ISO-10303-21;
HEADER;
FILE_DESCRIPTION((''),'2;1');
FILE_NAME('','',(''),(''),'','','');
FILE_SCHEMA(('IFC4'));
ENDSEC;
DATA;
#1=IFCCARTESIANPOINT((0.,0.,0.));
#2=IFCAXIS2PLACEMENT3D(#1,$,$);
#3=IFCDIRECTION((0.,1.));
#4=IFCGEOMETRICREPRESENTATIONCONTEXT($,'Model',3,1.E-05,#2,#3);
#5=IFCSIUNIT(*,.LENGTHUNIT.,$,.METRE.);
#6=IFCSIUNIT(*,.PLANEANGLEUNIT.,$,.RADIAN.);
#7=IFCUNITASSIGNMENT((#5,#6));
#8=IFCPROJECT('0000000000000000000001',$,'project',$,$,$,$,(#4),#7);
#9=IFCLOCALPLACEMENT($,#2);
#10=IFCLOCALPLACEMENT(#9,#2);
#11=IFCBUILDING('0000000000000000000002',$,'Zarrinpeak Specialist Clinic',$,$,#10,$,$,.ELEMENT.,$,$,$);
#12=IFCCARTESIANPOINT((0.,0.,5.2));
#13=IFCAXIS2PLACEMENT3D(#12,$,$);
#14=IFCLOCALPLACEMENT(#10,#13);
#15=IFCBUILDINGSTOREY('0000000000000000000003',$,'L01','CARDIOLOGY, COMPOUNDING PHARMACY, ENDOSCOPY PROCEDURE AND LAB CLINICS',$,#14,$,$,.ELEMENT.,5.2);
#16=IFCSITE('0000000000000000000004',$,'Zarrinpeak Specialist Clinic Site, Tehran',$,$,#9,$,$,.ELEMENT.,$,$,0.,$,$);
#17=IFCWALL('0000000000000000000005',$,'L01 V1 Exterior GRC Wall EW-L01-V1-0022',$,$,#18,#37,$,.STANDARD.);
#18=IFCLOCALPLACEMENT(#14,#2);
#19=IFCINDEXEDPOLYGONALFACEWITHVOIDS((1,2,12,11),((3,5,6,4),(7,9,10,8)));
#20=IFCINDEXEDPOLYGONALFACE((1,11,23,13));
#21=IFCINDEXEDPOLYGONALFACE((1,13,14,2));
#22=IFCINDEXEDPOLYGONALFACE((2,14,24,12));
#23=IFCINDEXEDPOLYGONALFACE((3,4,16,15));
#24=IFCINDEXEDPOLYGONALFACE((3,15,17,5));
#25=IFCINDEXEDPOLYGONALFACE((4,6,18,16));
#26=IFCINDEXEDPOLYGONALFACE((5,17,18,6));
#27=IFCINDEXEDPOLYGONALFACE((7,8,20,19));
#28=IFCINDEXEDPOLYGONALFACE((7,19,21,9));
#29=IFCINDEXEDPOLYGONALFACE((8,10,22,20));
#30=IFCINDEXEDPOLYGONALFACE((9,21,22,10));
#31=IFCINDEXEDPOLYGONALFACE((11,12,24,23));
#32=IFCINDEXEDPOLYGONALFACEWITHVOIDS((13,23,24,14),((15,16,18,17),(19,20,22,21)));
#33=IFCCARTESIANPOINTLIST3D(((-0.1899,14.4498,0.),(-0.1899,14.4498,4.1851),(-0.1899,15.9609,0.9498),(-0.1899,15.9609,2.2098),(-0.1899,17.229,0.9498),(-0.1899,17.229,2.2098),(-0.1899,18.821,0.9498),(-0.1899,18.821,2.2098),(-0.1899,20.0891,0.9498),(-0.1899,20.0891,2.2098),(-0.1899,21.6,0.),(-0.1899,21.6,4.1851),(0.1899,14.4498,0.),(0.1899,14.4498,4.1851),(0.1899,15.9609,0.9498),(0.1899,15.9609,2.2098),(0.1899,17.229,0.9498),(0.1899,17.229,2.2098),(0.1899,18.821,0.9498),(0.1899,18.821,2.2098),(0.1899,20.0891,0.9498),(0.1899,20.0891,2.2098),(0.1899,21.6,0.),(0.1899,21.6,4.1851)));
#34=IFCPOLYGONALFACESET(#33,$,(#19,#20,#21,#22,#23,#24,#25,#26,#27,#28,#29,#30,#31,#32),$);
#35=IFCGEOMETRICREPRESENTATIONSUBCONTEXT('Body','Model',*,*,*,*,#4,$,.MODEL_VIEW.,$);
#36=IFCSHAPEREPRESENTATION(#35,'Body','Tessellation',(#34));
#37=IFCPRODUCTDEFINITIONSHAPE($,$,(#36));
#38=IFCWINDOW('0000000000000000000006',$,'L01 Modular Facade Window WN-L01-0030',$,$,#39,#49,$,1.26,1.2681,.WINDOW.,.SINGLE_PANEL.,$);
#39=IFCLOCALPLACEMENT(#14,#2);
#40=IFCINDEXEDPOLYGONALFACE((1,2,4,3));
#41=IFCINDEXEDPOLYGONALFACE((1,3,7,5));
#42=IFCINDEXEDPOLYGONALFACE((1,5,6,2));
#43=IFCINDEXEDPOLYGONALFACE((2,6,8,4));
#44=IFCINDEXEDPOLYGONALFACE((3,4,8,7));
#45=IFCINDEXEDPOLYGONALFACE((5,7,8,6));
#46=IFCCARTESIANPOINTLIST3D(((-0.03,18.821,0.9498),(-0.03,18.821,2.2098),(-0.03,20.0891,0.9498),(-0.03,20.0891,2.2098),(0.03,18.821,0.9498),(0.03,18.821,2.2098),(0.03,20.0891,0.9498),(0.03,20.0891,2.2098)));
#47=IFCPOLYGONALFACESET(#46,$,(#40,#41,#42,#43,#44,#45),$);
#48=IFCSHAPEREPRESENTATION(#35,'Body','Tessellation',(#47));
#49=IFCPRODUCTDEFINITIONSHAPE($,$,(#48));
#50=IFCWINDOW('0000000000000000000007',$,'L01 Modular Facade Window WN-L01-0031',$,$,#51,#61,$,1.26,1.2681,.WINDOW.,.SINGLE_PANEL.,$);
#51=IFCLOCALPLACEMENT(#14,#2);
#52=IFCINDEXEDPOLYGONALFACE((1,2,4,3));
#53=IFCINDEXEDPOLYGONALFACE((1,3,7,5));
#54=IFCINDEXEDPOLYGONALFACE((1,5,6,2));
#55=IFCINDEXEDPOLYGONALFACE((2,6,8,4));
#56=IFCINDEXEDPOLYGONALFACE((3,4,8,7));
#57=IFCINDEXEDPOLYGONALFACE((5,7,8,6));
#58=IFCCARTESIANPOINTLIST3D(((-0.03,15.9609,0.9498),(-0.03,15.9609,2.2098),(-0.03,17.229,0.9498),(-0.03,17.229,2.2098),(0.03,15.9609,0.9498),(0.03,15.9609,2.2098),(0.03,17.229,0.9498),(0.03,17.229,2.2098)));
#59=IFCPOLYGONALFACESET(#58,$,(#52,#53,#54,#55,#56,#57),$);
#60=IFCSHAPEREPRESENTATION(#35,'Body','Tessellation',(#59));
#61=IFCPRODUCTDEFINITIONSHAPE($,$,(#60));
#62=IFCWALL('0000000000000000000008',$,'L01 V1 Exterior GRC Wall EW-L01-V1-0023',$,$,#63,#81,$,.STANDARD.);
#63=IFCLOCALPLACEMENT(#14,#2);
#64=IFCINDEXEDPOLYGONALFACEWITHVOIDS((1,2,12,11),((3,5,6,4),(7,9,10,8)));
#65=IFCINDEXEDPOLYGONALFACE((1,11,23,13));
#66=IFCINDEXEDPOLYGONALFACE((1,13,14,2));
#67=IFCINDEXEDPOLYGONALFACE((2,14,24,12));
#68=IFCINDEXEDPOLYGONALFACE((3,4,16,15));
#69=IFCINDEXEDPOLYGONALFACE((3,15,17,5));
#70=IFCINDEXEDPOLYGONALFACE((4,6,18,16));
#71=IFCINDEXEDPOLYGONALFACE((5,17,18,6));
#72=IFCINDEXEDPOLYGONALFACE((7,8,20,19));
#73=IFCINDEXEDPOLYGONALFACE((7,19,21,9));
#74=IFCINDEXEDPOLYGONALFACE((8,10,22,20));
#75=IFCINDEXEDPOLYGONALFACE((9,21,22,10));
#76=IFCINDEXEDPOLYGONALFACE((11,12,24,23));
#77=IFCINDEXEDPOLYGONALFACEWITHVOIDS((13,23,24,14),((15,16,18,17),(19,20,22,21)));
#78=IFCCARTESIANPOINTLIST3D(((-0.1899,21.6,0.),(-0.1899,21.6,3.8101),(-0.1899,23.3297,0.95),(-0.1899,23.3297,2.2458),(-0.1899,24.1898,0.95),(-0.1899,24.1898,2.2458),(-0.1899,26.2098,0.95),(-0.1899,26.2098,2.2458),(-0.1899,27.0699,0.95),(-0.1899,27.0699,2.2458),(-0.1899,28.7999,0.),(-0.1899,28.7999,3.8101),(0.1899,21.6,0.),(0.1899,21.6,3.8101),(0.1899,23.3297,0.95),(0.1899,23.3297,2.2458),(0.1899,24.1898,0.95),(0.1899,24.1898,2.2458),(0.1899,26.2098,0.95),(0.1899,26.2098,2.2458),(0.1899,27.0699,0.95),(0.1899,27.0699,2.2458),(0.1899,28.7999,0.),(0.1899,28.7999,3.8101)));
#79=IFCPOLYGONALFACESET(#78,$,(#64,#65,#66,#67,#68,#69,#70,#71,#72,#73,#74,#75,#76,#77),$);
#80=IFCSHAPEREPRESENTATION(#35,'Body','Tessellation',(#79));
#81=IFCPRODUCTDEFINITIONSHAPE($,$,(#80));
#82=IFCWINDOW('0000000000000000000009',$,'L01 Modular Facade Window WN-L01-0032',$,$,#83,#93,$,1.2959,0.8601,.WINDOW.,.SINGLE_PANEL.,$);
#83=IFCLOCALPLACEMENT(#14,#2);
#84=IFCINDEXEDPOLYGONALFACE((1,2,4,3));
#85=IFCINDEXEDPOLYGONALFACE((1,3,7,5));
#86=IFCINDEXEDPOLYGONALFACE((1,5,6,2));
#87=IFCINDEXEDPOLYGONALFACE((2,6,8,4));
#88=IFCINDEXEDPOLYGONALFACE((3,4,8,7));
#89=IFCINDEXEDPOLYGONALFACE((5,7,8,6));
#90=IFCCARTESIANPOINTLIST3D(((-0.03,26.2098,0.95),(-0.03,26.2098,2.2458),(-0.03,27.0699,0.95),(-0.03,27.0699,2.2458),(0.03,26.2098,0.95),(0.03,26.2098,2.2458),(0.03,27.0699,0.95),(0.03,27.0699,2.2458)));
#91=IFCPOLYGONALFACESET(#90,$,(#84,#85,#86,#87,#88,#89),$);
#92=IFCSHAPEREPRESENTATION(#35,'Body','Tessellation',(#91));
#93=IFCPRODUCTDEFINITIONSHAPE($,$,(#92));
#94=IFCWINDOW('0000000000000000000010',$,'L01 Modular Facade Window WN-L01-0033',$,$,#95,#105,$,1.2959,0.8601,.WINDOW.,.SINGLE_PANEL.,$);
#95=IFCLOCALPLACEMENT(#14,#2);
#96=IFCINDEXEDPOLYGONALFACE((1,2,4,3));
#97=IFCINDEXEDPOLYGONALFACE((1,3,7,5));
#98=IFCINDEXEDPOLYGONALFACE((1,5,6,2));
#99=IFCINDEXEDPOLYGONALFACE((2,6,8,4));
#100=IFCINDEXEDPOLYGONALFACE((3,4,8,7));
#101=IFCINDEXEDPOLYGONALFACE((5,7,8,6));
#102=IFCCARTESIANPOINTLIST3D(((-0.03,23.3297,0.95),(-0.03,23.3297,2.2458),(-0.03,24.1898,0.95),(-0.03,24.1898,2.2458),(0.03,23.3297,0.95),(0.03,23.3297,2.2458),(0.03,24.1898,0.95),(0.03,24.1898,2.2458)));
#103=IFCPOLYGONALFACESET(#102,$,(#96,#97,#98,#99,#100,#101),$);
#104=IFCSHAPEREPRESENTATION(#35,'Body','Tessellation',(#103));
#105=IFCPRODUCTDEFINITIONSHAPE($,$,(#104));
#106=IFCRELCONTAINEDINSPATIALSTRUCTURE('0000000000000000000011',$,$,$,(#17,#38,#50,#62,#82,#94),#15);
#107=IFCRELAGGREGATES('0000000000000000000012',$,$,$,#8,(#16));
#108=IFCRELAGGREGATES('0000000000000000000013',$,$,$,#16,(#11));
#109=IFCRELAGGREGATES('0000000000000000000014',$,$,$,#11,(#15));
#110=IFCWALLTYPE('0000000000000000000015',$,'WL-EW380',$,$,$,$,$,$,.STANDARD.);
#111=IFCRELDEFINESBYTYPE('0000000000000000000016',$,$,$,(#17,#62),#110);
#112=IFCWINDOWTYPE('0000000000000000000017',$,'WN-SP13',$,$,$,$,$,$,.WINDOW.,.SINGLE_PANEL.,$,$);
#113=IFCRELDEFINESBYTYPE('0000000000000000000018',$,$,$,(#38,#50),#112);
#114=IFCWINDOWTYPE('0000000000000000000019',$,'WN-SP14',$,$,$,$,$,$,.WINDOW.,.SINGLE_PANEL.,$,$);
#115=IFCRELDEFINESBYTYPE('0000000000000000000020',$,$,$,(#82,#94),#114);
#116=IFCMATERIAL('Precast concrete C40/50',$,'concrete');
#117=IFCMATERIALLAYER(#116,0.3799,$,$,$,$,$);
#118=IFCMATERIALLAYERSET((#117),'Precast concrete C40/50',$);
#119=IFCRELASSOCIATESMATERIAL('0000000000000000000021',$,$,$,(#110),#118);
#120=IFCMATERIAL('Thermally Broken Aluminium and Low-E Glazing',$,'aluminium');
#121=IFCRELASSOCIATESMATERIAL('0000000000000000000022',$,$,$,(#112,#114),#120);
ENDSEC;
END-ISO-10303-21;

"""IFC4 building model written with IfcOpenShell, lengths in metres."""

from ifc_helpers import new_model, si_unit, direction, frame, frame_2d, origin, place, context, subcontext, project, spatial, rectangle, extrude, material, layer, layer_set, type_object, element, fill, save


model = new_model("IFC4")

# Units and contexts
model_context = context("Model", 3, precision=1e-05, world=origin(), true_north=direction((0.0, 1.0)))
body_context = subcontext(model_context, "Body", "Model", "MODEL_VIEW")
ifc_project = project(units=[si_unit("LENGTHUNIT", "METRE"), si_unit("PLANEANGLEUNIT", "RADIAN")], contexts=[model_context])

# Site, building, storey
site_placement = place(None, origin())
site = spatial("IfcSite", under=ifc_project, at=site_placement, Name="Zarrinpeak Specialist Clinic Site, Tehran", CompositionType="ELEMENT", RefElevation=0.0)
building_placement = place(site_placement, origin())
building = spatial("IfcBuilding", under=site, at=building_placement, Name="Zarrinpeak Specialist Clinic", CompositionType="ELEMENT")
storey_placement = place(building_placement, frame((0.0, 0.0, 5.2)))
storey = spatial("IfcBuildingStorey", under=building, at=storey_placement, Name="L01", Description="CARDIOLOGY, COMPOUNDING PHARMACY, ENDOSCOPY PROCEDURE AND LAB CLINICS", CompositionType="ELEMENT", Elevation=5.2)

# Walls, openings, windows
ifc_material_1 = material(Name="Precast concrete C40/50", Category="concrete")
ifc_layer_1 = layer(ifc_material_1, 0.3799)
ifc_layer_set_1 = layer_set([ifc_layer_1], Name="Precast concrete C40/50")
wall_type_1 = type_object("IfcWallType", Name="WL-EW380", PredefinedType="STANDARD", material=ifc_layer_set_1)
wall_1_placement = place(storey_placement, frame((0.0, 21.6001, 0.0), z_axis=(0.0, 0.0, 1.0), x_axis=(0.0, -1.0, 0.0)))
wall_1 = element("IfcWall", 1, at=wall_1_placement, inside=storey, type_object=wall_type_1, Name="L01 V1 Exterior GRC Wall EW-L01-V1-0022", PredefinedType="STANDARD", context=body_context, shape_type="SweptSolid", body=[
    extrude(rectangle(XDim=7.1501, YDim=0.3799, at=frame_2d((3.5752, 0.0))), origin(), (0.0, 0.0, 1.0), 4.1851),
])
opening_1_placement = place(wall_1_placement, frame((1.511, 0.0, 0.95)))
opening_1 = element("IfcOpeningElement", 2, at=opening_1_placement, cuts=wall_1, PredefinedType="OPENING", context=body_context, shape_type="SweptSolid", body=[
    extrude(rectangle(XDim=1.2681, YDim=1.26, at=frame_2d((0.634, 0.6299))), frame((0.0, 0.2, 0.0), z_axis=(0.0, -1.0, 0.0), x_axis=(1.0, 0.0, 0.0)), (0.0, 0.0, 1.0), 0.3999),
])
opening_2_placement = place(wall_1_placement, frame((4.3711, 0.0, 0.95)))
opening_2 = element("IfcOpeningElement", 3, at=opening_2_placement, cuts=wall_1, PredefinedType="OPENING", context=body_context, shape_type="SweptSolid", body=[
    extrude(rectangle(XDim=1.2681, YDim=1.26, at=frame_2d((0.634, 0.6299))), frame((0.0, 0.2, 0.0), z_axis=(0.0, -1.0, 0.0), x_axis=(1.0, 0.0, 0.0)), (0.0, 0.0, 1.0), 0.3999),
])
ifc_material_2 = material(Name="Thermally Broken Aluminium and Low-E Glazing", Category="aluminium")
window_type_1 = type_object("IfcWindowType", Name="WN-SP13", PartitioningType="SINGLE_PANEL", PredefinedType="WINDOW", material=ifc_material_2)
window_1_placement = place(opening_1_placement, origin())
window_1 = element("IfcWindow", 4, at=window_1_placement, inside=storey, type_object=window_type_1, Name="L01 Modular Facade Window WN-L01-0030", OverallHeight=1.26, OverallWidth=1.2681, PartitioningType="SINGLE_PANEL", PredefinedType="WINDOW", context=body_context, shape_type="SweptSolid", body=[
    extrude(rectangle(XDim=1.2681, YDim=1.26, at=frame_2d((0.634, 0.6299))), frame((0.0, 0.03, 0.0), z_axis=(0.0, -1.0, 0.0), x_axis=(1.0, 0.0, 0.0)), (0.0, 0.0, 1.0), 0.0601),
])
fill(opening_1, window_1)
window_2_placement = place(opening_2_placement, origin())
window_2 = element("IfcWindow", 5, at=window_2_placement, inside=storey, type_object=window_type_1, Name="L01 Modular Facade Window WN-L01-0031", OverallHeight=1.26, OverallWidth=1.2681, PartitioningType="SINGLE_PANEL", PredefinedType="WINDOW", context=body_context, shape_type="SweptSolid", body=[
    extrude(rectangle(XDim=1.2681, YDim=1.26, at=frame_2d((0.634, 0.6299))), frame((0.0, 0.03, 0.0), z_axis=(0.0, -1.0, 0.0), x_axis=(1.0, 0.0, 0.0)), (0.0, 0.0, 1.0), 0.0601),
])
fill(opening_2, window_2)
wall_2_placement = place(storey_placement, frame((0.0, 28.8, 0.0), z_axis=(0.0, 0.0, 1.0), x_axis=(0.0, -1.0, 0.0)))
wall_2 = element("IfcWall", 6, at=wall_2_placement, inside=storey, type_object=wall_type_1, Name="L01 V1 Exterior GRC Wall EW-L01-V1-0023", PredefinedType="STANDARD", context=body_context, shape_type="SweptSolid", body=[
    extrude(rectangle(XDim=7.2, YDim=0.3799, at=frame_2d((3.6001, 0.0))), origin(), (0.0, 0.0, 1.0), 3.8101),
])
opening_3_placement = place(wall_2_placement, frame((1.73, 0.0, 0.95)))
opening_3 = element("IfcOpeningElement", 7, at=opening_3_placement, cuts=wall_2, PredefinedType="OPENING", context=body_context, shape_type="SweptSolid", body=[
    extrude(rectangle(XDim=0.8601, YDim=1.2959, at=frame_2d((0.4302, 0.6479))), frame((0.0, 0.2, 0.0), z_axis=(0.0, -1.0, 0.0), x_axis=(1.0, 0.0, 0.0)), (0.0, 0.0, 1.0), 0.3999),
])
opening_4_placement = place(wall_2_placement, frame((4.6101, 0.0, 0.95)))
opening_4 = element("IfcOpeningElement", 8, at=opening_4_placement, cuts=wall_2, PredefinedType="OPENING", context=body_context, shape_type="SweptSolid", body=[
    extrude(rectangle(XDim=0.8601, YDim=1.2959, at=frame_2d((0.4302, 0.6479))), frame((0.0, 0.2, 0.0), z_axis=(0.0, -1.0, 0.0), x_axis=(1.0, 0.0, 0.0)), (0.0, 0.0, 1.0), 0.3999),
])
window_type_2 = type_object("IfcWindowType", Name="WN-SP14", PartitioningType="SINGLE_PANEL", PredefinedType="WINDOW", material=ifc_material_2)
window_3_placement = place(opening_3_placement, origin())
window_3 = element("IfcWindow", 9, at=window_3_placement, inside=storey, type_object=window_type_2, Name="L01 Modular Facade Window WN-L01-0032", OverallHeight=1.2959, OverallWidth=0.8601, PartitioningType="SINGLE_PANEL", PredefinedType="WINDOW", context=body_context, shape_type="SweptSolid", body=[
    extrude(rectangle(XDim=0.8601, YDim=1.2959, at=frame_2d((0.4302, 0.6479))), frame((0.0, 0.03, 0.0), z_axis=(0.0, -1.0, 0.0), x_axis=(1.0, 0.0, 0.0)), (0.0, 0.0, 1.0), 0.0601),
])
fill(opening_3, window_3)
window_4_placement = place(opening_4_placement, origin())
window_4 = element("IfcWindow", 10, at=window_4_placement, inside=storey, type_object=window_type_2, Name="L01 Modular Facade Window WN-L01-0033", OverallHeight=1.2959, OverallWidth=0.8601, PartitioningType="SINGLE_PANEL", PredefinedType="WINDOW", context=body_context, shape_type="SweptSolid", body=[
    extrude(rectangle(XDim=0.8601, YDim=1.2959, at=frame_2d((0.4302, 0.6479))), frame((0.0, 0.03, 0.0), z_axis=(0.0, -1.0, 0.0), x_axis=(1.0, 0.0, 0.0)), (0.0, 0.0, 1.0), 0.0601),
])
fill(opening_4, window_4)

save(model, "model.ifc")
